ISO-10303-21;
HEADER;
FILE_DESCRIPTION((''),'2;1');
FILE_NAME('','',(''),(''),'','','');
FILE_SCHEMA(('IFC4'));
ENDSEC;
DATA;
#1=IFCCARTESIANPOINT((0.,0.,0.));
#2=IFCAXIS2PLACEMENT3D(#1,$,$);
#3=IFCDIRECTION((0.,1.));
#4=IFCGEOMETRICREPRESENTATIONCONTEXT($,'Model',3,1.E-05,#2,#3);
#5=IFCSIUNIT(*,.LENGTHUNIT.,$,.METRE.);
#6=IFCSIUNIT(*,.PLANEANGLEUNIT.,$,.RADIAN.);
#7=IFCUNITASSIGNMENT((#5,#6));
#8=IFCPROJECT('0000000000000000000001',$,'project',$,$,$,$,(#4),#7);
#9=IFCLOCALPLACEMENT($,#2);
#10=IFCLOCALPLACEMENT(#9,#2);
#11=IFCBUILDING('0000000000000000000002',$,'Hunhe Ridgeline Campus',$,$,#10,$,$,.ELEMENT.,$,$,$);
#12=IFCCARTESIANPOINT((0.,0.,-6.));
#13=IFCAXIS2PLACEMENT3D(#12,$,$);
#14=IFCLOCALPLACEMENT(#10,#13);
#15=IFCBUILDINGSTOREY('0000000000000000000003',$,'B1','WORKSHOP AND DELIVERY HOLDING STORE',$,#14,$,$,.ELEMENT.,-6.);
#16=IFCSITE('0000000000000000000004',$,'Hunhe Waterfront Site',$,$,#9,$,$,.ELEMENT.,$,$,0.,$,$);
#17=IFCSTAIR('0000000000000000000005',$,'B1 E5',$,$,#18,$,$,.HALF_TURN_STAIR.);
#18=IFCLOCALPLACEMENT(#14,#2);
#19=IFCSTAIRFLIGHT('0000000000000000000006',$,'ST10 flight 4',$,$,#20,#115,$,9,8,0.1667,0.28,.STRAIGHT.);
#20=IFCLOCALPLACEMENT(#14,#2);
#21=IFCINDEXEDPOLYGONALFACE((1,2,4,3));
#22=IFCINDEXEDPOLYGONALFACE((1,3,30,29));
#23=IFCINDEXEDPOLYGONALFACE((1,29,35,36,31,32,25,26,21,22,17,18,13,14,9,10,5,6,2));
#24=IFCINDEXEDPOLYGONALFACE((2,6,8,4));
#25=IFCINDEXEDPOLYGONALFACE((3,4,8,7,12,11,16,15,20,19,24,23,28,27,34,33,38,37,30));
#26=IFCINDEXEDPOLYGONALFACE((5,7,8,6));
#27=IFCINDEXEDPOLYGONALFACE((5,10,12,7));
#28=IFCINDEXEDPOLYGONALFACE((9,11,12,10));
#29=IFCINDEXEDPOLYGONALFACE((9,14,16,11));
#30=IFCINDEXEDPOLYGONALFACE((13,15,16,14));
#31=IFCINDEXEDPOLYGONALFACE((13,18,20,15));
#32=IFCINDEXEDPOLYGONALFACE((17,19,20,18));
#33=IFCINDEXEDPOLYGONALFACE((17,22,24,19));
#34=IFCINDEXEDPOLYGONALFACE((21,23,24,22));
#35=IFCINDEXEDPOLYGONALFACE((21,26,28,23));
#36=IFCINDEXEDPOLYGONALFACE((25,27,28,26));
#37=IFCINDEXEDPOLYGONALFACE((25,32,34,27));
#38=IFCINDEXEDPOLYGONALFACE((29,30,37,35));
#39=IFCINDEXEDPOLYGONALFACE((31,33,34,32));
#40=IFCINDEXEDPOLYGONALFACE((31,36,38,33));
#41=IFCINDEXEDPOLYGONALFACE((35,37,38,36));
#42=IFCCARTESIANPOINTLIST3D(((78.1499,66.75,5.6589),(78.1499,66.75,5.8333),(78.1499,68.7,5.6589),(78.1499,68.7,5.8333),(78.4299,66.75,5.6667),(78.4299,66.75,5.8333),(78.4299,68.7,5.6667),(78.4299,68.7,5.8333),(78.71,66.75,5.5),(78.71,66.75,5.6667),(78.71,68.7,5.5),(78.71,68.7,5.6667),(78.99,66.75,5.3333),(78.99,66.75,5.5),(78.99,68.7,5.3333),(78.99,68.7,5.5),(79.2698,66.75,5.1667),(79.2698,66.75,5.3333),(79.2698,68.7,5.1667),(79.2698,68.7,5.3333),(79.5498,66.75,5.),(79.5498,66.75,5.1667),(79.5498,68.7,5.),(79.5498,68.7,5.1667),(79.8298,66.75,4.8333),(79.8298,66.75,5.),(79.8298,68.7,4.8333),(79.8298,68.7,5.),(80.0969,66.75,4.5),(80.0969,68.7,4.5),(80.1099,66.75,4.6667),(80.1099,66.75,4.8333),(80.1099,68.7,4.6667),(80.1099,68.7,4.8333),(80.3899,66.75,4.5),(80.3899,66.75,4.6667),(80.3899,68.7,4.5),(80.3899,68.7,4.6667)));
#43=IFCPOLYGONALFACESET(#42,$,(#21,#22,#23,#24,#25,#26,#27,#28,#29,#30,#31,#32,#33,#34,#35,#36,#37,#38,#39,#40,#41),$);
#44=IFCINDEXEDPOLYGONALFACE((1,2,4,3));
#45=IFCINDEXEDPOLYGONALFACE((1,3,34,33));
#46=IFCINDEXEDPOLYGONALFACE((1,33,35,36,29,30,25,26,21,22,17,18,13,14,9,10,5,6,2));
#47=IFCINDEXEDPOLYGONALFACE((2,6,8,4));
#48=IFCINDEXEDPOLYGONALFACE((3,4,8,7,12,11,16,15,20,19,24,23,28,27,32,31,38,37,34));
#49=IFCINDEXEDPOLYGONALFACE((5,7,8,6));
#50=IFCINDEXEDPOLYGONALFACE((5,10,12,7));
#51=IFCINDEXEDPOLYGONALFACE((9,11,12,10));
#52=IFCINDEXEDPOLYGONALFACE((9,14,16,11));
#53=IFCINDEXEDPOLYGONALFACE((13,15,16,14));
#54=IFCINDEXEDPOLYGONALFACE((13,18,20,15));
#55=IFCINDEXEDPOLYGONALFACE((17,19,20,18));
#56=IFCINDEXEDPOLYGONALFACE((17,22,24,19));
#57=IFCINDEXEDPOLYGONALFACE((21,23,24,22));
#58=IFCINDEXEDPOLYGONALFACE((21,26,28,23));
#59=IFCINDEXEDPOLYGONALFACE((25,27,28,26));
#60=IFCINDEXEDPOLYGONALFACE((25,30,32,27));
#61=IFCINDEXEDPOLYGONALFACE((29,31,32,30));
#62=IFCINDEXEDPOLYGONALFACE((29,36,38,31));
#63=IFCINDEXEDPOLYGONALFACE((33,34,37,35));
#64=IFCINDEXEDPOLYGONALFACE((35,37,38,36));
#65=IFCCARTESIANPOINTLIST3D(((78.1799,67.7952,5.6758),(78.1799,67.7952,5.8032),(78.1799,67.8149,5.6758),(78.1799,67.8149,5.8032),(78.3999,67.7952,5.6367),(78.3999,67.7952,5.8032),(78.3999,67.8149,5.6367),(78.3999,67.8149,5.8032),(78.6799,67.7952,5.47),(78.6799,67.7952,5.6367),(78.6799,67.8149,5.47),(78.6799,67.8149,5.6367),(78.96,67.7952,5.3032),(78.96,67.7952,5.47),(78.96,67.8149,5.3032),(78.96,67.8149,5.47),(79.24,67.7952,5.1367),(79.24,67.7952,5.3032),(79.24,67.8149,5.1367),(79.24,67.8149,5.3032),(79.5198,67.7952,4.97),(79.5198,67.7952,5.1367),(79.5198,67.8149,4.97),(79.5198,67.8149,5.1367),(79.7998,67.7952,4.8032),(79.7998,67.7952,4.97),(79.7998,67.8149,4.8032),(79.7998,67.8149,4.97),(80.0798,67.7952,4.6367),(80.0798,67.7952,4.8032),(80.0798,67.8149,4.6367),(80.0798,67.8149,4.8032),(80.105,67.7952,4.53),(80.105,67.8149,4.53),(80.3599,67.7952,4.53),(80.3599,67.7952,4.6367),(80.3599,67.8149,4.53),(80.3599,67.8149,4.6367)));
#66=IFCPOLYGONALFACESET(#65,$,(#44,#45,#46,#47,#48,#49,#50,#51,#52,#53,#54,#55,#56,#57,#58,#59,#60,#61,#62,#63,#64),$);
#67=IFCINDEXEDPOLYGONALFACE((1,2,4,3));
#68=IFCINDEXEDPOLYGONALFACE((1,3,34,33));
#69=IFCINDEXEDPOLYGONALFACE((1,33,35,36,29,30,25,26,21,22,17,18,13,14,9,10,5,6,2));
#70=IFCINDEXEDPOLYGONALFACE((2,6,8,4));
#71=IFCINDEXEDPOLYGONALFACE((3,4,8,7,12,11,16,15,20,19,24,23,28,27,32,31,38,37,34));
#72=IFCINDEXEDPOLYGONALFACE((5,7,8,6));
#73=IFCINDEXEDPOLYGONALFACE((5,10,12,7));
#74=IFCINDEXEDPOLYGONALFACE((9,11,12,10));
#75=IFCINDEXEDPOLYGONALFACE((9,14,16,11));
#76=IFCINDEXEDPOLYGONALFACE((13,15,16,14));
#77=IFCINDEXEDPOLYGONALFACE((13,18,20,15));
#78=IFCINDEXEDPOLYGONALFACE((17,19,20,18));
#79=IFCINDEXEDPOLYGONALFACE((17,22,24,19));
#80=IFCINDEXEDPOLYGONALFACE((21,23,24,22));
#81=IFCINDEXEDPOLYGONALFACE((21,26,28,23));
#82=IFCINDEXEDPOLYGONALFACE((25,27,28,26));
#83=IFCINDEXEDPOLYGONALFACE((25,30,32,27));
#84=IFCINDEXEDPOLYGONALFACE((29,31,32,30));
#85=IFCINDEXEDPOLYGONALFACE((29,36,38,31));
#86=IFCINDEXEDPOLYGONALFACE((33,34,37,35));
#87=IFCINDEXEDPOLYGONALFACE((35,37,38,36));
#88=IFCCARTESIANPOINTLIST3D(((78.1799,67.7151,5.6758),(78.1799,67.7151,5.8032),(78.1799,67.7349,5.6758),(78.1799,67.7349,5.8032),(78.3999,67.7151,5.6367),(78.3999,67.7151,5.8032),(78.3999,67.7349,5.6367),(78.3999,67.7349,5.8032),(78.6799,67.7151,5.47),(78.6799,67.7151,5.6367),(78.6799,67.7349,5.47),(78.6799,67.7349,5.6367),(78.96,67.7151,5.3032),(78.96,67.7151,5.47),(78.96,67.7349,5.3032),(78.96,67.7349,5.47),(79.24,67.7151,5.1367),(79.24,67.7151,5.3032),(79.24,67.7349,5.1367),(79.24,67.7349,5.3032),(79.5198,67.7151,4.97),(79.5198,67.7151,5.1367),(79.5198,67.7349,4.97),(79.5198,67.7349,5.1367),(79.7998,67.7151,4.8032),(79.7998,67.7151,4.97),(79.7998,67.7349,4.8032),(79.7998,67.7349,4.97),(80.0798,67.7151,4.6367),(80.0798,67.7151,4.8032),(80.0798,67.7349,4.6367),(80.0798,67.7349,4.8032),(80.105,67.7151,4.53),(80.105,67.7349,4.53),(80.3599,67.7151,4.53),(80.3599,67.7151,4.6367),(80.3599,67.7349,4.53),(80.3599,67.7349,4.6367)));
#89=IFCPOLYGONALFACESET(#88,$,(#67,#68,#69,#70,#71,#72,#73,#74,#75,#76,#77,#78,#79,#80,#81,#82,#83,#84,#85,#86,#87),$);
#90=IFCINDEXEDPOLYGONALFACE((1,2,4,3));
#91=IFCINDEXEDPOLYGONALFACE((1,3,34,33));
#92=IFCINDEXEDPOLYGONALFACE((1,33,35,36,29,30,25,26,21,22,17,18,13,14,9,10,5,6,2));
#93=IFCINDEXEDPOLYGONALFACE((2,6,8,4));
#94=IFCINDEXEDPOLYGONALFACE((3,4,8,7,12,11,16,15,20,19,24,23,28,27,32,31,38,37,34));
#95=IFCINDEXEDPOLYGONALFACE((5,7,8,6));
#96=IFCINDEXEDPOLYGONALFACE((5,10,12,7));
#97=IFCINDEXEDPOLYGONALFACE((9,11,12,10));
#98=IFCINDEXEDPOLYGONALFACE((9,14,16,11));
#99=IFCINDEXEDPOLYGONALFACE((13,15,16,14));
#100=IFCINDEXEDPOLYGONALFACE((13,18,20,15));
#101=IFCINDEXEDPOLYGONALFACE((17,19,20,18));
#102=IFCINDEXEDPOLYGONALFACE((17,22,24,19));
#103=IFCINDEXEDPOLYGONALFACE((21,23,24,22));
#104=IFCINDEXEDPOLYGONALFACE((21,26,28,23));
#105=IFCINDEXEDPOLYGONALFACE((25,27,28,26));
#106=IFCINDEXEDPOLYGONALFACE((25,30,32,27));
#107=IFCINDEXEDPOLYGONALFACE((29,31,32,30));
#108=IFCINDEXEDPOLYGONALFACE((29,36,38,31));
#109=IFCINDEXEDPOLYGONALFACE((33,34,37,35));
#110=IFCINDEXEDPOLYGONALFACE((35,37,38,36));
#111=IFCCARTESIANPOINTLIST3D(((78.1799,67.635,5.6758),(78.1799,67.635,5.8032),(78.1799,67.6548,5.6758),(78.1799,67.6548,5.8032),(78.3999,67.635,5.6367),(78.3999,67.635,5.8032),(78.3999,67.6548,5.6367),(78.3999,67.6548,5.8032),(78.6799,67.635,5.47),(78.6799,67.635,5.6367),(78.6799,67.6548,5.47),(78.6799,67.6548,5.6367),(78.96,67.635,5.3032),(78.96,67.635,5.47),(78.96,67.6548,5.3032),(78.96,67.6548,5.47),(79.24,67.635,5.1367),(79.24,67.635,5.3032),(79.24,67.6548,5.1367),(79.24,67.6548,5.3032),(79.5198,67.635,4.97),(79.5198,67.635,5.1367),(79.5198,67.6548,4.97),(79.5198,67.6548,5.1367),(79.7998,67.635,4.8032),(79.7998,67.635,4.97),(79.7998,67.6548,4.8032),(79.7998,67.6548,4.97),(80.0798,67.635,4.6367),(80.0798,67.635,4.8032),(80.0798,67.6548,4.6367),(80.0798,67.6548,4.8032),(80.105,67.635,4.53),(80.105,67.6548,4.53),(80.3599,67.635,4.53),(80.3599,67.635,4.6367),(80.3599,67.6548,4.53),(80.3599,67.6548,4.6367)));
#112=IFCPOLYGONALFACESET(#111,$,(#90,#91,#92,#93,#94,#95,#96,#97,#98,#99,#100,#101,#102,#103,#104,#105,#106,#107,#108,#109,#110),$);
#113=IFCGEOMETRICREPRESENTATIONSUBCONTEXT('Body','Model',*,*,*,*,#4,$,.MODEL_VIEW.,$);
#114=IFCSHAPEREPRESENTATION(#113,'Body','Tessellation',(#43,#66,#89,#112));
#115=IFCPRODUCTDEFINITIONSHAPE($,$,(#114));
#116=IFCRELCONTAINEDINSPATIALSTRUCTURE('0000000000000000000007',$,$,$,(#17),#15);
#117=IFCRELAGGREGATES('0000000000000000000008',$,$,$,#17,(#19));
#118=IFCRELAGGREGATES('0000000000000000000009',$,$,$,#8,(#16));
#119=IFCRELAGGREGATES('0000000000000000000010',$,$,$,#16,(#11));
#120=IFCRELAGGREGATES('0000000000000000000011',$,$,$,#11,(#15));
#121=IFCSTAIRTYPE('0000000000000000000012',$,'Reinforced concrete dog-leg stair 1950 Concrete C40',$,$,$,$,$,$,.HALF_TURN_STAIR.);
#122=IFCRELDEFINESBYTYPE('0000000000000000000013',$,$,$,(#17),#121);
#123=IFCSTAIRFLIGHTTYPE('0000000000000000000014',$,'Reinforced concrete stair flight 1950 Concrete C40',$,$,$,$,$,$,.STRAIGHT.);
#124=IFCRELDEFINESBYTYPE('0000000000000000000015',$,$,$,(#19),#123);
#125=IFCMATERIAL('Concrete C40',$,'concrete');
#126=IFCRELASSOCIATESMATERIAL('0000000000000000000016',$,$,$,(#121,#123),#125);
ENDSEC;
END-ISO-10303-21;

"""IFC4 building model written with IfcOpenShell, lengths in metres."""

from ifc_helpers import new_model, si_unit, direction, frame, origin, place, context, subcontext, project, spatial, polyline, outline, extrude, material, type_object, element, aggregate, save


model = new_model("IFC4")

# Units and contexts
model_context = context("Model", 3, precision=1e-05, world=origin(), true_north=direction((0.0, 1.0)))
body_context = subcontext(model_context, "Body", "Model", "MODEL_VIEW")
ifc_project = project(units=[si_unit("LENGTHUNIT", "METRE"), si_unit("PLANEANGLEUNIT", "RADIAN")], contexts=[model_context])

# Site, building, storey
site_placement = place(None, origin())
site = spatial("IfcSite", under=ifc_project, at=site_placement, Name="Hunhe Waterfront Site", CompositionType="ELEMENT", RefElevation=0.0)
building_placement = place(site_placement, origin())
building = spatial("IfcBuilding", under=site, at=building_placement, Name="Hunhe Ridgeline Campus", CompositionType="ELEMENT")
storey_placement = place(building_placement, frame((0.0, 0.0, -6.0)))
storey = spatial("IfcBuildingStorey", under=building, at=storey_placement, Name="B1", Description="WORKSHOP AND DELIVERY HOLDING STORE", CompositionType="ELEMENT", Elevation=-6.0)

# Stair, stair flight
ifc_material_1 = material(Name="Concrete C40", Category="concrete")
stair_type = type_object("IfcStairType", Name="Reinforced concrete dog-leg stair 1950 Concrete C40", PredefinedType="HALF_TURN_STAIR", material=ifc_material_1)
stair_placement = place(storey_placement, origin())
stair = element("IfcStair", 1, at=stair_placement, inside=storey, type_object=stair_type, Name="B1 E5", PredefinedType="HALF_TURN_STAIR")
stair_flight_type = type_object("IfcStairFlightType", Name="Reinforced concrete stair flight 1950 Concrete C40", PredefinedType="STRAIGHT", material=ifc_material_1)
stair_flight_1_placement = place(storey_placement, frame((80.3899, 67.7251, 4.5), z_axis=(0.0, 0.0, 1.0), x_axis=(-1.0, 0.0, 0.0)))
stair_flight_1 = element("IfcStairFlight", 2, at=stair_flight_1_placement, type_object=stair_flight_type, Name="ST10 flight 4", NumberOfRisers=9, NumberOfTreads=8, PredefinedType="STRAIGHT", RiserHeight=0.1667, TreadLength=0.28, context=body_context, shape_type="SweptSolid", body=[
    extrude(outline(polyline([(0.0, 0.0), (0.0, 0.1667), (0.28, 0.1667), (0.28, 0.3333), (0.5601, 0.3333), (0.5601, 0.5), (0.8401, 0.5), (0.8401, 0.6667), (1.1201, 0.6667), (1.1201, 0.8333), (1.3999, 0.8333), (1.3999, 1.0), (1.6799, 1.0), (1.6799, 1.1667), (1.96, 1.1667), (1.96, 1.3333), (2.24, 1.3333), (2.24, 1.5), (2.24, 1.1589), (0.293, 0.0), (0.0, 0.0)])), frame((0.0, 0.9751, 0.0), z_axis=(0.0, -1.0, 0.0), x_axis=(1.0, 0.0, 0.0)), (0.0, 0.0, 1.0), 1.95),
    extrude(outline(polyline([(0.03, 0.03), (0.03, 0.1367), (0.3101, 0.1367), (0.3101, 0.3032), (0.5901, 0.3032), (0.5901, 0.47), (0.8701, 0.47), (0.8701, 0.6367), (1.1499, 0.6367), (1.1499, 0.8032), (1.4299, 0.8032), (1.4299, 0.97), (1.71, 0.97), (1.71, 1.1367), (1.99, 1.1367), (1.99, 1.3032), (2.21, 1.3032), (2.21, 1.1758), (0.2849, 0.03), (0.03, 0.03)])), frame((0.0, -0.0701, 0.0), z_axis=(0.0, -1.0, 0.0), x_axis=(1.0, 0.0, 0.0)), (0.0, 0.0, 1.0), 0.0198),
    extrude(outline(polyline([(0.03, 0.03), (0.03, 0.1367), (0.3101, 0.1367), (0.3101, 0.3032), (0.5901, 0.3032), (0.5901, 0.47), (0.8701, 0.47), (0.8701, 0.6367), (1.1499, 0.6367), (1.1499, 0.8032), (1.4299, 0.8032), (1.4299, 0.97), (1.71, 0.97), (1.71, 1.1367), (1.99, 1.1367), (1.99, 1.3032), (2.21, 1.3032), (2.21, 1.1758), (0.2849, 0.03), (0.03, 0.03)])), frame((0.0, 0.01, 0.0), z_axis=(0.0, -1.0, 0.0), x_axis=(1.0, 0.0, 0.0)), (0.0, 0.0, 1.0), 0.0198),
    extrude(outline(polyline([(0.03, 0.03), (0.03, 0.1367), (0.3101, 0.1367), (0.3101, 0.3032), (0.5901, 0.3032), (0.5901, 0.47), (0.8701, 0.47), (0.8701, 0.6367), (1.1499, 0.6367), (1.1499, 0.8032), (1.4299, 0.8032), (1.4299, 0.97), (1.71, 0.97), (1.71, 1.1367), (1.99, 1.1367), (1.99, 1.3032), (2.21, 1.3032), (2.21, 1.1758), (0.2849, 0.03), (0.03, 0.03)])), frame((0.0, 0.0901, 0.0), z_axis=(0.0, -1.0, 0.0), x_axis=(1.0, 0.0, 0.0)), (0.0, 0.0, 1.0), 0.0198),
])
aggregate(stair, [stair_flight_1])

save(model, "model.ifc")
